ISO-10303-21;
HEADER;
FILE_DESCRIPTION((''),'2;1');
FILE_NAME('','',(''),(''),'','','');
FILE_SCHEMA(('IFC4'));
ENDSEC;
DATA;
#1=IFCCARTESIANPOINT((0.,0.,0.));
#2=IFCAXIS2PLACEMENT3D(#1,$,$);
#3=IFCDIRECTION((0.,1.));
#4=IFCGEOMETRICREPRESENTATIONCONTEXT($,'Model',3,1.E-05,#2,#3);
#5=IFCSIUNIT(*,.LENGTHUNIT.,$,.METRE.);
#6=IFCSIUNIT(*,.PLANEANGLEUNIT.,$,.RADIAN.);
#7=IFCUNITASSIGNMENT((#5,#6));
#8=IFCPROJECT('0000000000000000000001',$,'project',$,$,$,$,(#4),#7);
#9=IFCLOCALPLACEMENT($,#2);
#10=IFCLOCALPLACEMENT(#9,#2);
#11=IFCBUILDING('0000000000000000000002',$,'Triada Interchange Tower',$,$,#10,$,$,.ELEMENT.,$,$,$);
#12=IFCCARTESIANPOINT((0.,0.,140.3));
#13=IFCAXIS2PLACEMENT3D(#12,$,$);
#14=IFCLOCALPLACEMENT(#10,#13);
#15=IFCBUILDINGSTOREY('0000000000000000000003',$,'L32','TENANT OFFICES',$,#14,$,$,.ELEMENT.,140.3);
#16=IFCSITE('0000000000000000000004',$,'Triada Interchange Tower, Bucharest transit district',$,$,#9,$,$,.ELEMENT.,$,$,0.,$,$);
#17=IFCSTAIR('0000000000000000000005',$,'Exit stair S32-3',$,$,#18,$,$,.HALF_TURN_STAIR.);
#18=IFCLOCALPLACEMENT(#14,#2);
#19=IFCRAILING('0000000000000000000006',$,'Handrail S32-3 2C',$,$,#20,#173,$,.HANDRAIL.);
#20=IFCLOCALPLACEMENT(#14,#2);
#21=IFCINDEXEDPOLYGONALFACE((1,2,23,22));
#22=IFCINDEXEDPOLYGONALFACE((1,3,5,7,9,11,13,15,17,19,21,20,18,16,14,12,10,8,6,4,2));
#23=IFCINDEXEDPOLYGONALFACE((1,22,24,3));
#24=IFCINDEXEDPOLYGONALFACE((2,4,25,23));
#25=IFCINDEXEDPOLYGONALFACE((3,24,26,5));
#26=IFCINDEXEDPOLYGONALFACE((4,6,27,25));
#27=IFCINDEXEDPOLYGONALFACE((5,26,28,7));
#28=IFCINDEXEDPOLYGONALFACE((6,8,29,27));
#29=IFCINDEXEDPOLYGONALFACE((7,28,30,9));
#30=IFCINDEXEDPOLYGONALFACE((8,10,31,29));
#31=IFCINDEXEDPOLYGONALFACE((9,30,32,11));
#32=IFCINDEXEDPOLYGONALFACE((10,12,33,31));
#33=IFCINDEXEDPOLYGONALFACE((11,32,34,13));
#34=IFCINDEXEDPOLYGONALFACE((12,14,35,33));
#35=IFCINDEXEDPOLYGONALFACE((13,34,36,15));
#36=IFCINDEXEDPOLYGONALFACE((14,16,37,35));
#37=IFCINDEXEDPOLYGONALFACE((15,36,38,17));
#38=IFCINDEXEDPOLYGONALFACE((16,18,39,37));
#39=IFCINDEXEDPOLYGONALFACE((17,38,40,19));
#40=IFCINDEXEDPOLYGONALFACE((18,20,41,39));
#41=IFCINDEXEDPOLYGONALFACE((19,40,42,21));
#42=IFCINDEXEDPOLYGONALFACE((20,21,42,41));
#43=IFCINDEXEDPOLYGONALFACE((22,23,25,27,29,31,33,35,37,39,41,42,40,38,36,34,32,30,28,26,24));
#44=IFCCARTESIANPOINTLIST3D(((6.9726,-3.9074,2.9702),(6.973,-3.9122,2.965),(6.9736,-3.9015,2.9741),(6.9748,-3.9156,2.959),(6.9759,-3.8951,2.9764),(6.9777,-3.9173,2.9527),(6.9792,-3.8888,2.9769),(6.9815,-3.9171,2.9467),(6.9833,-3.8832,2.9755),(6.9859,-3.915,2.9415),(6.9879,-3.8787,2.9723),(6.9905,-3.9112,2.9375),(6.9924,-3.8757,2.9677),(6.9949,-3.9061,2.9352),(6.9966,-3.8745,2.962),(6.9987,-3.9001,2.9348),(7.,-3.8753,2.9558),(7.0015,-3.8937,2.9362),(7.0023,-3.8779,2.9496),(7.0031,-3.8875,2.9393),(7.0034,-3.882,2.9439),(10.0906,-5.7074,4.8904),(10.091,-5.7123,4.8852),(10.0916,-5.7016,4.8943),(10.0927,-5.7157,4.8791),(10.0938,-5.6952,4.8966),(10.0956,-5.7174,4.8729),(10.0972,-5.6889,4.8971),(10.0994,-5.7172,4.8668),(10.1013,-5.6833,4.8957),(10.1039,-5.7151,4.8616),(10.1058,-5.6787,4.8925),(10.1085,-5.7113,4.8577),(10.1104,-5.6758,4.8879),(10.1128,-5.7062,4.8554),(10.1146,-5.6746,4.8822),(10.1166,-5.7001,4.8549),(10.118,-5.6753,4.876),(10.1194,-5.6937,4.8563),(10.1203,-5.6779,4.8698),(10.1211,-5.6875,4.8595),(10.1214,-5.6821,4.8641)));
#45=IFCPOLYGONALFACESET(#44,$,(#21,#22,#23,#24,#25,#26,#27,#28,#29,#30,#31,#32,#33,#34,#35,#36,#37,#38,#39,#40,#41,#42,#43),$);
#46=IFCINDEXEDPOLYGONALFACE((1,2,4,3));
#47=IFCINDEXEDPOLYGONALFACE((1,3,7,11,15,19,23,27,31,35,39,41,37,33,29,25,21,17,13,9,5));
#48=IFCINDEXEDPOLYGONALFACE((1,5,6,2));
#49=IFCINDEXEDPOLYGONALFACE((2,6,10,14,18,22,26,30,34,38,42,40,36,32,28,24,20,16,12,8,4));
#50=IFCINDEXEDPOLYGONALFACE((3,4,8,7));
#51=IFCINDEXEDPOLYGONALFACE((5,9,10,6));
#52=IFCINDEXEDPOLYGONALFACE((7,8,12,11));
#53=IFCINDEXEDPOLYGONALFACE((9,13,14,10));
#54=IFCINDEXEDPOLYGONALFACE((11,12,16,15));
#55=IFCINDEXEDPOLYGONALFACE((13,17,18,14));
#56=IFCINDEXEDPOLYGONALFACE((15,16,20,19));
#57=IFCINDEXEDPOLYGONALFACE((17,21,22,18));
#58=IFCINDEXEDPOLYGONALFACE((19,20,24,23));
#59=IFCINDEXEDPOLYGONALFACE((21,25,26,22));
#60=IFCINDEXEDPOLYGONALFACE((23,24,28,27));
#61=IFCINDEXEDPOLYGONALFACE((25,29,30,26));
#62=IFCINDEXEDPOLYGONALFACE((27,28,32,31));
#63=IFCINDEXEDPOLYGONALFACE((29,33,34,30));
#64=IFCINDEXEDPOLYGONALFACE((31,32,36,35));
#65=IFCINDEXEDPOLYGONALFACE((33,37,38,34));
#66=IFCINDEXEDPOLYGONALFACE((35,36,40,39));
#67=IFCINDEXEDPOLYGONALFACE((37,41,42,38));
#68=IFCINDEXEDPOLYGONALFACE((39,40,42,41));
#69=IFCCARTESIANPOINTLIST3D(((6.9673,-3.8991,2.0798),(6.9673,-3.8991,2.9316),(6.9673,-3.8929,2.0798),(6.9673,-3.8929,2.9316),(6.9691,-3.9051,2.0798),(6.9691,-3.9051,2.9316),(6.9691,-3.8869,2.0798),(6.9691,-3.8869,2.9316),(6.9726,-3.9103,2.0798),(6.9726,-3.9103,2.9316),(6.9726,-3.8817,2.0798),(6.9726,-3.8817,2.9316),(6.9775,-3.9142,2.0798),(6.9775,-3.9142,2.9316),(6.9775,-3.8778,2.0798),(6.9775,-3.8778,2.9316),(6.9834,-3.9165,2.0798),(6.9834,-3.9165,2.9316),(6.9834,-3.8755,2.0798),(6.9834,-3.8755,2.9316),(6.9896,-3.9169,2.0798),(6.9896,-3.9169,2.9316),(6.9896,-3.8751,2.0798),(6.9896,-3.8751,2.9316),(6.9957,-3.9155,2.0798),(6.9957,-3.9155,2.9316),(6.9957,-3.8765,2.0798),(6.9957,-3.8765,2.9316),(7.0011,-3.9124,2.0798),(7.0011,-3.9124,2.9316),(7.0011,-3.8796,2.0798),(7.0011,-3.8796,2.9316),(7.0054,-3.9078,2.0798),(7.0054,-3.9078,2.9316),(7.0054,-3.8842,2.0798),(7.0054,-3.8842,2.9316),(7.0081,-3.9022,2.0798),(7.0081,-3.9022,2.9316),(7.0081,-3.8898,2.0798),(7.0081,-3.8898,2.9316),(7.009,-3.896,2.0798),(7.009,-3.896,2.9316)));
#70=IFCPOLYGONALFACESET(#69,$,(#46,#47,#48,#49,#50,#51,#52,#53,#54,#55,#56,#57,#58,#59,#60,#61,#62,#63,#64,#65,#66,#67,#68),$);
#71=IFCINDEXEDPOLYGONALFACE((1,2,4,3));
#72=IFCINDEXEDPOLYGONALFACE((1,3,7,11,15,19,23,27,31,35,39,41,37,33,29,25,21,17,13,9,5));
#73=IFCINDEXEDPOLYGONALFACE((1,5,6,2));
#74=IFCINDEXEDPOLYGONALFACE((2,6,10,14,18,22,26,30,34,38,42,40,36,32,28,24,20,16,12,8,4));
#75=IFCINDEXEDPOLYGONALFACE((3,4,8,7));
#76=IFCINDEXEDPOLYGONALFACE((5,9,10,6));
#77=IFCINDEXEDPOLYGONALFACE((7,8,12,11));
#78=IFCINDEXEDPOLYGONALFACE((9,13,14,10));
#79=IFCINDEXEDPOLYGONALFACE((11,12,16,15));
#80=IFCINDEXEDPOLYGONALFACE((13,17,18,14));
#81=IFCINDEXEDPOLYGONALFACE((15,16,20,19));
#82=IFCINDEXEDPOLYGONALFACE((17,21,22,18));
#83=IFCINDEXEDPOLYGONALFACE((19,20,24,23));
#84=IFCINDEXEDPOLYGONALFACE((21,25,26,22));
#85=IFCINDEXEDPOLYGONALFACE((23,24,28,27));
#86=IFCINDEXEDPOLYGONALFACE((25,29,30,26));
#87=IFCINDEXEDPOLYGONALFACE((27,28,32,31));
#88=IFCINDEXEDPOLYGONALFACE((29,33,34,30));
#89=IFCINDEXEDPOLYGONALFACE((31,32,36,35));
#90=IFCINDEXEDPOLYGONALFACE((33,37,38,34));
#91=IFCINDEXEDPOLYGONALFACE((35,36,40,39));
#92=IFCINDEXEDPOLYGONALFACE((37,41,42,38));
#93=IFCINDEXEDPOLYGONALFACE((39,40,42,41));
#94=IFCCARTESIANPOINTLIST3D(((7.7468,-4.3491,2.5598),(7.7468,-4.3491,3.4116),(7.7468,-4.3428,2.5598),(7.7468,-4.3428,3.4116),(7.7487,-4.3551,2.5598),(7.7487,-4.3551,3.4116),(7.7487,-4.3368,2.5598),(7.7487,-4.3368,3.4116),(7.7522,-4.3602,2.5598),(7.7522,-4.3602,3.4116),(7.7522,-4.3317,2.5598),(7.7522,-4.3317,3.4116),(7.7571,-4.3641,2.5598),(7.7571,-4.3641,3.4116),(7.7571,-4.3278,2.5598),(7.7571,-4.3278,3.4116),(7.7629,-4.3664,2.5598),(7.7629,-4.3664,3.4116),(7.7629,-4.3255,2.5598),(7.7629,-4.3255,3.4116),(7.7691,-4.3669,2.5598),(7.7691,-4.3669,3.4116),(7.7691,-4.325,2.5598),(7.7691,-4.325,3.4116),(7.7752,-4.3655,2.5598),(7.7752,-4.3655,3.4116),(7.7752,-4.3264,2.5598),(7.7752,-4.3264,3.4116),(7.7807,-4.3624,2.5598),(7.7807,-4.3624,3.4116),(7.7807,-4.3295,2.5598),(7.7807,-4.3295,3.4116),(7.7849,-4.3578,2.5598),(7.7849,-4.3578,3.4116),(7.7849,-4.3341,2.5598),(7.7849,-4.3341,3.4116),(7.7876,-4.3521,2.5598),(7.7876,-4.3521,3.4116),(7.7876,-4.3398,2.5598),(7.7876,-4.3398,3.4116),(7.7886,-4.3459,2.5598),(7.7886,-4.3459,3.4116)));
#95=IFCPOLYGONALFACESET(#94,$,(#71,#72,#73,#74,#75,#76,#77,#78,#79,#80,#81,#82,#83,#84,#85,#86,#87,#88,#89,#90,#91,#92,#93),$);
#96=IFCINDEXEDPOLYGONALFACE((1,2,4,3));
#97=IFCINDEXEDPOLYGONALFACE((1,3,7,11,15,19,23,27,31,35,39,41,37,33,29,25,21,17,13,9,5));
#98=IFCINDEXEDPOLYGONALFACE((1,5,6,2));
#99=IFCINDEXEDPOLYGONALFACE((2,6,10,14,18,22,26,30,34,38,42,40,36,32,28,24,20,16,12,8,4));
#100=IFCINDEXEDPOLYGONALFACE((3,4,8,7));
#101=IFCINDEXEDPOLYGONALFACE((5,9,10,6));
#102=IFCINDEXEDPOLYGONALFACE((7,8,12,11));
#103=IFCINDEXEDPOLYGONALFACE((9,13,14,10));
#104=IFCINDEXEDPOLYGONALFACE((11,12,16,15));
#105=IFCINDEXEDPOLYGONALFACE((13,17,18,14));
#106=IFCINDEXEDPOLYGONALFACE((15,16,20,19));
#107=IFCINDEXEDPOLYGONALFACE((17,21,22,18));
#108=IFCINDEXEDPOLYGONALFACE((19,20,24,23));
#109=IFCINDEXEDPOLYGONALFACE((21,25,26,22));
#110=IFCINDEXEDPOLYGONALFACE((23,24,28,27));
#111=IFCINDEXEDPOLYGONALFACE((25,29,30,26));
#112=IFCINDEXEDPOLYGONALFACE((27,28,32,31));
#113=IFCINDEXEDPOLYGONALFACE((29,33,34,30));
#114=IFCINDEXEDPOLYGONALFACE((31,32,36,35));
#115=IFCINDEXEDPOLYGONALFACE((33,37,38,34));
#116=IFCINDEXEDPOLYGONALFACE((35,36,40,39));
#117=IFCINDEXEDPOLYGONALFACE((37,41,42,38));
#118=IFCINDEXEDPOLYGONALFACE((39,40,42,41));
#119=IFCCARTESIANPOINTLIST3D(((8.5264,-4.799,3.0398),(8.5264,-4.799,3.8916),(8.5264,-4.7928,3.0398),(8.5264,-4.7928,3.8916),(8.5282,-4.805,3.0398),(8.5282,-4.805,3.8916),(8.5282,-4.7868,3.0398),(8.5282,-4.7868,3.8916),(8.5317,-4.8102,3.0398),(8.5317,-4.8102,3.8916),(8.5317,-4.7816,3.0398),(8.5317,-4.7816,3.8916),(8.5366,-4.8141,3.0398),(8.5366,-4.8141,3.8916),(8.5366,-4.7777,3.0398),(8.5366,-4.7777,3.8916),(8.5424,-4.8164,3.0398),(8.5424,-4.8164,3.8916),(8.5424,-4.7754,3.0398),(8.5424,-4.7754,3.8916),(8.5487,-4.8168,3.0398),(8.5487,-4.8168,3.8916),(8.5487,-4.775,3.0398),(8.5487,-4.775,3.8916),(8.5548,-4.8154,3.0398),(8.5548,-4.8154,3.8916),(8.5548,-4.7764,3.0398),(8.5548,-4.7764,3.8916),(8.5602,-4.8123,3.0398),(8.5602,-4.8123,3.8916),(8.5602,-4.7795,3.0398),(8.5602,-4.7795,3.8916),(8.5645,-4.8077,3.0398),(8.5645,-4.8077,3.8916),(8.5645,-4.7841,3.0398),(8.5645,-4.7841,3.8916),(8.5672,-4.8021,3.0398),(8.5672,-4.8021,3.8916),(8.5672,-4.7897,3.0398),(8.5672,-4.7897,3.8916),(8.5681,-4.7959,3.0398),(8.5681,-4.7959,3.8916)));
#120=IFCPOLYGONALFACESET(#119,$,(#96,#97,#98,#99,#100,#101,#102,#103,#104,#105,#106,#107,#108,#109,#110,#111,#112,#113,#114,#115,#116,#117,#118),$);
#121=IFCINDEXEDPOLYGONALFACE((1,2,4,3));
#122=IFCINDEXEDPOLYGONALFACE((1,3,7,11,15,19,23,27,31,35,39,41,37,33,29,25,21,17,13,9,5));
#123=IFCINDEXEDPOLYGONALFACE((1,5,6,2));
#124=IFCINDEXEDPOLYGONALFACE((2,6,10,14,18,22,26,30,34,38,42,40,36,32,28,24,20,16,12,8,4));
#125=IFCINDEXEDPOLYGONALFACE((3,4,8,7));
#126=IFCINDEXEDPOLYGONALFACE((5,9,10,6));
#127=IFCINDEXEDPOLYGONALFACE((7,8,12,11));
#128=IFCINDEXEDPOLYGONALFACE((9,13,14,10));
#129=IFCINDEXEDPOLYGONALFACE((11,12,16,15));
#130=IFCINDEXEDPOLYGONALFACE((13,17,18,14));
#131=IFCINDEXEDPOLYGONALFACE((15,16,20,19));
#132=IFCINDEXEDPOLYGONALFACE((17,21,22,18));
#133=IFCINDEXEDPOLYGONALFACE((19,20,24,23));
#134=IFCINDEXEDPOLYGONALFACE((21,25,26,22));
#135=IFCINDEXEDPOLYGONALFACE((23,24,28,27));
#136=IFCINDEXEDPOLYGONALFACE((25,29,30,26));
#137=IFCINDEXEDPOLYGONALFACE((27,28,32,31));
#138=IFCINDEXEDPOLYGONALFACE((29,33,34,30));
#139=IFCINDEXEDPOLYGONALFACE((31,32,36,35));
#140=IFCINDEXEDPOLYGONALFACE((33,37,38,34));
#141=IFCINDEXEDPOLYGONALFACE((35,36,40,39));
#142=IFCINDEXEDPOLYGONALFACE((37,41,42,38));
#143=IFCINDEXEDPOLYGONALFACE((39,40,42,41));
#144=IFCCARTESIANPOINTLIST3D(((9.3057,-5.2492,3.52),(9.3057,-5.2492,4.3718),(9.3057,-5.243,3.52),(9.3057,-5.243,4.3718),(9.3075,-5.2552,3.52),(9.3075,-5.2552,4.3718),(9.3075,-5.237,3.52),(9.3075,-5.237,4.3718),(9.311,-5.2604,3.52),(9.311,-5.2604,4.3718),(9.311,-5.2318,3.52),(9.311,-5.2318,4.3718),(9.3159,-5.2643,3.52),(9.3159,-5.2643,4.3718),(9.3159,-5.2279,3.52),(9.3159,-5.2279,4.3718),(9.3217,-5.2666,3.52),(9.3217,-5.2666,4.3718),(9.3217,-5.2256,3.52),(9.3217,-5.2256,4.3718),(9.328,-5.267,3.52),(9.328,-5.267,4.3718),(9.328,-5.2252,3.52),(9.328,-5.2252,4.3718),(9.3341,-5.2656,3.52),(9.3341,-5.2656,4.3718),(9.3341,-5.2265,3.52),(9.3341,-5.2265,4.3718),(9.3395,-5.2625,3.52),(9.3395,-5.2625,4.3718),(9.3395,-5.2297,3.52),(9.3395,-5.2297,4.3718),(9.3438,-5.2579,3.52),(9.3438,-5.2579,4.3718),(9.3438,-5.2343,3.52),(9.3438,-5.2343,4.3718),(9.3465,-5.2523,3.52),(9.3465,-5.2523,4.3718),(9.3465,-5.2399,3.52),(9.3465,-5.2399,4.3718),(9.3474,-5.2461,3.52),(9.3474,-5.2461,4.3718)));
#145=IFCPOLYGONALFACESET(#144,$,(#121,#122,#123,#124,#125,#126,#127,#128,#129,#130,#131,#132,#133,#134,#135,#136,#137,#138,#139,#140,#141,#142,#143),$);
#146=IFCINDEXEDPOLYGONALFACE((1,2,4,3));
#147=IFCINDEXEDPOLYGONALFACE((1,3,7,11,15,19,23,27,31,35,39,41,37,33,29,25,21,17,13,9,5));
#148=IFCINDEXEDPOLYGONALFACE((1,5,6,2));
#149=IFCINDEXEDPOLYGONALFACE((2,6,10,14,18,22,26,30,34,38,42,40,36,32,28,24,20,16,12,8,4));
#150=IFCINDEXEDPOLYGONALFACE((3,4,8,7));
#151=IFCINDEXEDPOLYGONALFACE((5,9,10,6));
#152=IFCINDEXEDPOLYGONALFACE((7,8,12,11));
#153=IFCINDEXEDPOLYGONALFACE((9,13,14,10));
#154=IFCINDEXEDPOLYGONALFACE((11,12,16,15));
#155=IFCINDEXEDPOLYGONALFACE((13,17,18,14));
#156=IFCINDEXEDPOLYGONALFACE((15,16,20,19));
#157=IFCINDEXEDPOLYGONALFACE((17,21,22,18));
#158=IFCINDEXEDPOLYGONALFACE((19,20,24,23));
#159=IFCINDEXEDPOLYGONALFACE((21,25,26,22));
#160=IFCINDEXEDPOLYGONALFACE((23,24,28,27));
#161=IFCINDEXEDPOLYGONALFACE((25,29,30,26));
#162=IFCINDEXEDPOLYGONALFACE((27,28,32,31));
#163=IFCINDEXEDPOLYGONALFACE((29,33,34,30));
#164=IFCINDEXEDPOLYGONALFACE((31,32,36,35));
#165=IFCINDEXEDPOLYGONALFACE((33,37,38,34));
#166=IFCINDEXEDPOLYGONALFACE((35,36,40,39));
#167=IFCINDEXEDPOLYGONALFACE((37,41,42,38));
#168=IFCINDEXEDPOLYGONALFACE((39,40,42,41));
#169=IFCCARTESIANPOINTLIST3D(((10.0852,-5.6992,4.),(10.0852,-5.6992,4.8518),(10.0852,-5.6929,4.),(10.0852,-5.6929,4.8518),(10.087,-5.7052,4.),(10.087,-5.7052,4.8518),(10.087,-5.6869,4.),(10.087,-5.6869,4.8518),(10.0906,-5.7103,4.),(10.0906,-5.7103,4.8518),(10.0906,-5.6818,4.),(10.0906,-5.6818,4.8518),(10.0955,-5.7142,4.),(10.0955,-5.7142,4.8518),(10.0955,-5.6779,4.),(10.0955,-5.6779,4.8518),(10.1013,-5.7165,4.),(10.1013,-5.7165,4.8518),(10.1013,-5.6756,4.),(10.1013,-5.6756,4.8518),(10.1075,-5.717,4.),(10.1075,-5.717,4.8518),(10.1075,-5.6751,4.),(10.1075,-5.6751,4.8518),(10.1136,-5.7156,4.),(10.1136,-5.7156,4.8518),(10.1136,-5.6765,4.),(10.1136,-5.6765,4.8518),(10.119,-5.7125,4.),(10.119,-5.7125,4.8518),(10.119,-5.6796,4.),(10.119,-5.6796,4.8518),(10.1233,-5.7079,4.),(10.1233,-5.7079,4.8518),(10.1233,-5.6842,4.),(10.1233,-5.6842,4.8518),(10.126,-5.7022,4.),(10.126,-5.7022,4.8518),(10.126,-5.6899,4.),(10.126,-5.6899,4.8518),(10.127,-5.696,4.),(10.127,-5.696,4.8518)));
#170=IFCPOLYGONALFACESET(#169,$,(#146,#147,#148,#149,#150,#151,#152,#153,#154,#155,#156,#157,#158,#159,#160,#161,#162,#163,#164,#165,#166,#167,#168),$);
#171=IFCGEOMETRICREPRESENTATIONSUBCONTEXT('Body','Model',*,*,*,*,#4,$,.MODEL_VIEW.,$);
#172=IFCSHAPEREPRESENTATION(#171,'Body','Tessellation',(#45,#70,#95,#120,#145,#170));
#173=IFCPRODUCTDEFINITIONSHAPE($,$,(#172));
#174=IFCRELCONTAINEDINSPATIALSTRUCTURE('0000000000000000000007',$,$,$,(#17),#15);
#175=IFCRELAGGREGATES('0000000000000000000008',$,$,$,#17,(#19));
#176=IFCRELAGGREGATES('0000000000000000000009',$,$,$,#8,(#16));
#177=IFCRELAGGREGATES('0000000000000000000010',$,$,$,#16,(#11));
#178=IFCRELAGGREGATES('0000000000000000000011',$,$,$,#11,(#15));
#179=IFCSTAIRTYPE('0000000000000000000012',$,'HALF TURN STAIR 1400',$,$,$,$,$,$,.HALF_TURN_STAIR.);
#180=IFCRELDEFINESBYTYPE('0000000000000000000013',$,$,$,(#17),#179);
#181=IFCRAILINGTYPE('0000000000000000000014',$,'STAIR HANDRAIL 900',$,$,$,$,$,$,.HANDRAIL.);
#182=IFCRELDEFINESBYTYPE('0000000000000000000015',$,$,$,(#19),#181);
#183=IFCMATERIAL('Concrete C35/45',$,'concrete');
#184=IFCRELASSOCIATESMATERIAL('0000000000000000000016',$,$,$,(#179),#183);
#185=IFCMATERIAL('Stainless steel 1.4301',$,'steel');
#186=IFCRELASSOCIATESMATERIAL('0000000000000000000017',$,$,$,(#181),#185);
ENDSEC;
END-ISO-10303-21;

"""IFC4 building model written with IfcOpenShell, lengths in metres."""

from ifc_helpers import new_model, si_unit, direction, frame, origin, origin_2d, place, context, subcontext, project, spatial, circle, extrude, material, type_object, element, aggregate, save


model = new_model("IFC4")

# Units and contexts
model_context = context("Model", 3, precision=1e-05, world=origin(), true_north=direction((0.0, 1.0)))
body_context = subcontext(model_context, "Body", "Model", "MODEL_VIEW")
ifc_project = project(units=[si_unit("LENGTHUNIT", "METRE"), si_unit("PLANEANGLEUNIT", "RADIAN")], contexts=[model_context])

# Site, building, storey
site_placement = place(None, origin())
site = spatial("IfcSite", under=ifc_project, at=site_placement, Name="Triada Interchange Tower, Bucharest transit district", CompositionType="ELEMENT", RefElevation=0.0)
building_placement = place(site_placement, origin())
building = spatial("IfcBuilding", under=site, at=building_placement, Name="Triada Interchange Tower", CompositionType="ELEMENT")
storey_placement = place(building_placement, frame((0.0, 0.0, 140.3)))
storey = spatial("IfcBuildingStorey", under=building, at=storey_placement, Name="L32", Description="TENANT OFFICES", CompositionType="ELEMENT", Elevation=140.3)

# Stair
ifc_material_1 = material(Name="Concrete C35/45", Category="concrete")
stair_type = type_object("IfcStairType", Name="HALF TURN STAIR 1400", PredefinedType="HALF_TURN_STAIR", material=ifc_material_1)
stair_placement = place(storey_placement, origin())
stair = element("IfcStair", 1, at=stair_placement, inside=storey, type_object=stair_type, Name="Exit stair S32-3", PredefinedType="HALF_TURN_STAIR")

# Railing
ifc_material_2 = material(Name="Stainless steel 1.4301", Category="steel")
railing_type = type_object("IfcRailingType", Name="STAIR HANDRAIL 900", PredefinedType="HANDRAIL", material=ifc_material_2)
railing_1_placement = place(storey_placement, frame((6.988, -3.896, 2.0798)))
railing_1 = element("IfcRailing", 2, at=railing_1_placement, type_object=railing_type, Name="Handrail S32-3 2C", PredefinedType="HANDRAIL", context=body_context, shape_type="SweptSolid", body=[
    extrude(circle(Radius=0.0239, at=origin_2d()), frame((0.0, 0.0, 0.876), z_axis=(0.764145, -0.441159, 0.470597), x_axis=(0.499983, 0.866035, 0.0)), (0.0, 0.0, 1.0), 4.0803),
    extrude(circle(Radius=0.021, at=origin_2d()), origin(), (0.0, 0.0, 1.0), 0.8518),
    extrude(circle(Radius=0.021, at=origin_2d()), frame((0.7795, -0.45, 0.48)), (0.0, 0.0, 1.0), 0.8518),
    extrude(circle(Radius=0.021, at=origin_2d()), frame((1.5591, -0.8999, 0.96)), (0.0, 0.0, 1.0), 0.8518),
    extrude(circle(Radius=0.021, at=origin_2d()), frame((2.3384, -1.3501, 1.4402)), (0.0, 0.0, 1.0), 0.8518),
    extrude(circle(Radius=0.021, at=origin_2d()), frame((3.1179, -1.8, 1.9202)), (0.0, 0.0, 1.0), 0.8518),
])
aggregate(stair, [railing_1])

save(model, "model.ifc")
